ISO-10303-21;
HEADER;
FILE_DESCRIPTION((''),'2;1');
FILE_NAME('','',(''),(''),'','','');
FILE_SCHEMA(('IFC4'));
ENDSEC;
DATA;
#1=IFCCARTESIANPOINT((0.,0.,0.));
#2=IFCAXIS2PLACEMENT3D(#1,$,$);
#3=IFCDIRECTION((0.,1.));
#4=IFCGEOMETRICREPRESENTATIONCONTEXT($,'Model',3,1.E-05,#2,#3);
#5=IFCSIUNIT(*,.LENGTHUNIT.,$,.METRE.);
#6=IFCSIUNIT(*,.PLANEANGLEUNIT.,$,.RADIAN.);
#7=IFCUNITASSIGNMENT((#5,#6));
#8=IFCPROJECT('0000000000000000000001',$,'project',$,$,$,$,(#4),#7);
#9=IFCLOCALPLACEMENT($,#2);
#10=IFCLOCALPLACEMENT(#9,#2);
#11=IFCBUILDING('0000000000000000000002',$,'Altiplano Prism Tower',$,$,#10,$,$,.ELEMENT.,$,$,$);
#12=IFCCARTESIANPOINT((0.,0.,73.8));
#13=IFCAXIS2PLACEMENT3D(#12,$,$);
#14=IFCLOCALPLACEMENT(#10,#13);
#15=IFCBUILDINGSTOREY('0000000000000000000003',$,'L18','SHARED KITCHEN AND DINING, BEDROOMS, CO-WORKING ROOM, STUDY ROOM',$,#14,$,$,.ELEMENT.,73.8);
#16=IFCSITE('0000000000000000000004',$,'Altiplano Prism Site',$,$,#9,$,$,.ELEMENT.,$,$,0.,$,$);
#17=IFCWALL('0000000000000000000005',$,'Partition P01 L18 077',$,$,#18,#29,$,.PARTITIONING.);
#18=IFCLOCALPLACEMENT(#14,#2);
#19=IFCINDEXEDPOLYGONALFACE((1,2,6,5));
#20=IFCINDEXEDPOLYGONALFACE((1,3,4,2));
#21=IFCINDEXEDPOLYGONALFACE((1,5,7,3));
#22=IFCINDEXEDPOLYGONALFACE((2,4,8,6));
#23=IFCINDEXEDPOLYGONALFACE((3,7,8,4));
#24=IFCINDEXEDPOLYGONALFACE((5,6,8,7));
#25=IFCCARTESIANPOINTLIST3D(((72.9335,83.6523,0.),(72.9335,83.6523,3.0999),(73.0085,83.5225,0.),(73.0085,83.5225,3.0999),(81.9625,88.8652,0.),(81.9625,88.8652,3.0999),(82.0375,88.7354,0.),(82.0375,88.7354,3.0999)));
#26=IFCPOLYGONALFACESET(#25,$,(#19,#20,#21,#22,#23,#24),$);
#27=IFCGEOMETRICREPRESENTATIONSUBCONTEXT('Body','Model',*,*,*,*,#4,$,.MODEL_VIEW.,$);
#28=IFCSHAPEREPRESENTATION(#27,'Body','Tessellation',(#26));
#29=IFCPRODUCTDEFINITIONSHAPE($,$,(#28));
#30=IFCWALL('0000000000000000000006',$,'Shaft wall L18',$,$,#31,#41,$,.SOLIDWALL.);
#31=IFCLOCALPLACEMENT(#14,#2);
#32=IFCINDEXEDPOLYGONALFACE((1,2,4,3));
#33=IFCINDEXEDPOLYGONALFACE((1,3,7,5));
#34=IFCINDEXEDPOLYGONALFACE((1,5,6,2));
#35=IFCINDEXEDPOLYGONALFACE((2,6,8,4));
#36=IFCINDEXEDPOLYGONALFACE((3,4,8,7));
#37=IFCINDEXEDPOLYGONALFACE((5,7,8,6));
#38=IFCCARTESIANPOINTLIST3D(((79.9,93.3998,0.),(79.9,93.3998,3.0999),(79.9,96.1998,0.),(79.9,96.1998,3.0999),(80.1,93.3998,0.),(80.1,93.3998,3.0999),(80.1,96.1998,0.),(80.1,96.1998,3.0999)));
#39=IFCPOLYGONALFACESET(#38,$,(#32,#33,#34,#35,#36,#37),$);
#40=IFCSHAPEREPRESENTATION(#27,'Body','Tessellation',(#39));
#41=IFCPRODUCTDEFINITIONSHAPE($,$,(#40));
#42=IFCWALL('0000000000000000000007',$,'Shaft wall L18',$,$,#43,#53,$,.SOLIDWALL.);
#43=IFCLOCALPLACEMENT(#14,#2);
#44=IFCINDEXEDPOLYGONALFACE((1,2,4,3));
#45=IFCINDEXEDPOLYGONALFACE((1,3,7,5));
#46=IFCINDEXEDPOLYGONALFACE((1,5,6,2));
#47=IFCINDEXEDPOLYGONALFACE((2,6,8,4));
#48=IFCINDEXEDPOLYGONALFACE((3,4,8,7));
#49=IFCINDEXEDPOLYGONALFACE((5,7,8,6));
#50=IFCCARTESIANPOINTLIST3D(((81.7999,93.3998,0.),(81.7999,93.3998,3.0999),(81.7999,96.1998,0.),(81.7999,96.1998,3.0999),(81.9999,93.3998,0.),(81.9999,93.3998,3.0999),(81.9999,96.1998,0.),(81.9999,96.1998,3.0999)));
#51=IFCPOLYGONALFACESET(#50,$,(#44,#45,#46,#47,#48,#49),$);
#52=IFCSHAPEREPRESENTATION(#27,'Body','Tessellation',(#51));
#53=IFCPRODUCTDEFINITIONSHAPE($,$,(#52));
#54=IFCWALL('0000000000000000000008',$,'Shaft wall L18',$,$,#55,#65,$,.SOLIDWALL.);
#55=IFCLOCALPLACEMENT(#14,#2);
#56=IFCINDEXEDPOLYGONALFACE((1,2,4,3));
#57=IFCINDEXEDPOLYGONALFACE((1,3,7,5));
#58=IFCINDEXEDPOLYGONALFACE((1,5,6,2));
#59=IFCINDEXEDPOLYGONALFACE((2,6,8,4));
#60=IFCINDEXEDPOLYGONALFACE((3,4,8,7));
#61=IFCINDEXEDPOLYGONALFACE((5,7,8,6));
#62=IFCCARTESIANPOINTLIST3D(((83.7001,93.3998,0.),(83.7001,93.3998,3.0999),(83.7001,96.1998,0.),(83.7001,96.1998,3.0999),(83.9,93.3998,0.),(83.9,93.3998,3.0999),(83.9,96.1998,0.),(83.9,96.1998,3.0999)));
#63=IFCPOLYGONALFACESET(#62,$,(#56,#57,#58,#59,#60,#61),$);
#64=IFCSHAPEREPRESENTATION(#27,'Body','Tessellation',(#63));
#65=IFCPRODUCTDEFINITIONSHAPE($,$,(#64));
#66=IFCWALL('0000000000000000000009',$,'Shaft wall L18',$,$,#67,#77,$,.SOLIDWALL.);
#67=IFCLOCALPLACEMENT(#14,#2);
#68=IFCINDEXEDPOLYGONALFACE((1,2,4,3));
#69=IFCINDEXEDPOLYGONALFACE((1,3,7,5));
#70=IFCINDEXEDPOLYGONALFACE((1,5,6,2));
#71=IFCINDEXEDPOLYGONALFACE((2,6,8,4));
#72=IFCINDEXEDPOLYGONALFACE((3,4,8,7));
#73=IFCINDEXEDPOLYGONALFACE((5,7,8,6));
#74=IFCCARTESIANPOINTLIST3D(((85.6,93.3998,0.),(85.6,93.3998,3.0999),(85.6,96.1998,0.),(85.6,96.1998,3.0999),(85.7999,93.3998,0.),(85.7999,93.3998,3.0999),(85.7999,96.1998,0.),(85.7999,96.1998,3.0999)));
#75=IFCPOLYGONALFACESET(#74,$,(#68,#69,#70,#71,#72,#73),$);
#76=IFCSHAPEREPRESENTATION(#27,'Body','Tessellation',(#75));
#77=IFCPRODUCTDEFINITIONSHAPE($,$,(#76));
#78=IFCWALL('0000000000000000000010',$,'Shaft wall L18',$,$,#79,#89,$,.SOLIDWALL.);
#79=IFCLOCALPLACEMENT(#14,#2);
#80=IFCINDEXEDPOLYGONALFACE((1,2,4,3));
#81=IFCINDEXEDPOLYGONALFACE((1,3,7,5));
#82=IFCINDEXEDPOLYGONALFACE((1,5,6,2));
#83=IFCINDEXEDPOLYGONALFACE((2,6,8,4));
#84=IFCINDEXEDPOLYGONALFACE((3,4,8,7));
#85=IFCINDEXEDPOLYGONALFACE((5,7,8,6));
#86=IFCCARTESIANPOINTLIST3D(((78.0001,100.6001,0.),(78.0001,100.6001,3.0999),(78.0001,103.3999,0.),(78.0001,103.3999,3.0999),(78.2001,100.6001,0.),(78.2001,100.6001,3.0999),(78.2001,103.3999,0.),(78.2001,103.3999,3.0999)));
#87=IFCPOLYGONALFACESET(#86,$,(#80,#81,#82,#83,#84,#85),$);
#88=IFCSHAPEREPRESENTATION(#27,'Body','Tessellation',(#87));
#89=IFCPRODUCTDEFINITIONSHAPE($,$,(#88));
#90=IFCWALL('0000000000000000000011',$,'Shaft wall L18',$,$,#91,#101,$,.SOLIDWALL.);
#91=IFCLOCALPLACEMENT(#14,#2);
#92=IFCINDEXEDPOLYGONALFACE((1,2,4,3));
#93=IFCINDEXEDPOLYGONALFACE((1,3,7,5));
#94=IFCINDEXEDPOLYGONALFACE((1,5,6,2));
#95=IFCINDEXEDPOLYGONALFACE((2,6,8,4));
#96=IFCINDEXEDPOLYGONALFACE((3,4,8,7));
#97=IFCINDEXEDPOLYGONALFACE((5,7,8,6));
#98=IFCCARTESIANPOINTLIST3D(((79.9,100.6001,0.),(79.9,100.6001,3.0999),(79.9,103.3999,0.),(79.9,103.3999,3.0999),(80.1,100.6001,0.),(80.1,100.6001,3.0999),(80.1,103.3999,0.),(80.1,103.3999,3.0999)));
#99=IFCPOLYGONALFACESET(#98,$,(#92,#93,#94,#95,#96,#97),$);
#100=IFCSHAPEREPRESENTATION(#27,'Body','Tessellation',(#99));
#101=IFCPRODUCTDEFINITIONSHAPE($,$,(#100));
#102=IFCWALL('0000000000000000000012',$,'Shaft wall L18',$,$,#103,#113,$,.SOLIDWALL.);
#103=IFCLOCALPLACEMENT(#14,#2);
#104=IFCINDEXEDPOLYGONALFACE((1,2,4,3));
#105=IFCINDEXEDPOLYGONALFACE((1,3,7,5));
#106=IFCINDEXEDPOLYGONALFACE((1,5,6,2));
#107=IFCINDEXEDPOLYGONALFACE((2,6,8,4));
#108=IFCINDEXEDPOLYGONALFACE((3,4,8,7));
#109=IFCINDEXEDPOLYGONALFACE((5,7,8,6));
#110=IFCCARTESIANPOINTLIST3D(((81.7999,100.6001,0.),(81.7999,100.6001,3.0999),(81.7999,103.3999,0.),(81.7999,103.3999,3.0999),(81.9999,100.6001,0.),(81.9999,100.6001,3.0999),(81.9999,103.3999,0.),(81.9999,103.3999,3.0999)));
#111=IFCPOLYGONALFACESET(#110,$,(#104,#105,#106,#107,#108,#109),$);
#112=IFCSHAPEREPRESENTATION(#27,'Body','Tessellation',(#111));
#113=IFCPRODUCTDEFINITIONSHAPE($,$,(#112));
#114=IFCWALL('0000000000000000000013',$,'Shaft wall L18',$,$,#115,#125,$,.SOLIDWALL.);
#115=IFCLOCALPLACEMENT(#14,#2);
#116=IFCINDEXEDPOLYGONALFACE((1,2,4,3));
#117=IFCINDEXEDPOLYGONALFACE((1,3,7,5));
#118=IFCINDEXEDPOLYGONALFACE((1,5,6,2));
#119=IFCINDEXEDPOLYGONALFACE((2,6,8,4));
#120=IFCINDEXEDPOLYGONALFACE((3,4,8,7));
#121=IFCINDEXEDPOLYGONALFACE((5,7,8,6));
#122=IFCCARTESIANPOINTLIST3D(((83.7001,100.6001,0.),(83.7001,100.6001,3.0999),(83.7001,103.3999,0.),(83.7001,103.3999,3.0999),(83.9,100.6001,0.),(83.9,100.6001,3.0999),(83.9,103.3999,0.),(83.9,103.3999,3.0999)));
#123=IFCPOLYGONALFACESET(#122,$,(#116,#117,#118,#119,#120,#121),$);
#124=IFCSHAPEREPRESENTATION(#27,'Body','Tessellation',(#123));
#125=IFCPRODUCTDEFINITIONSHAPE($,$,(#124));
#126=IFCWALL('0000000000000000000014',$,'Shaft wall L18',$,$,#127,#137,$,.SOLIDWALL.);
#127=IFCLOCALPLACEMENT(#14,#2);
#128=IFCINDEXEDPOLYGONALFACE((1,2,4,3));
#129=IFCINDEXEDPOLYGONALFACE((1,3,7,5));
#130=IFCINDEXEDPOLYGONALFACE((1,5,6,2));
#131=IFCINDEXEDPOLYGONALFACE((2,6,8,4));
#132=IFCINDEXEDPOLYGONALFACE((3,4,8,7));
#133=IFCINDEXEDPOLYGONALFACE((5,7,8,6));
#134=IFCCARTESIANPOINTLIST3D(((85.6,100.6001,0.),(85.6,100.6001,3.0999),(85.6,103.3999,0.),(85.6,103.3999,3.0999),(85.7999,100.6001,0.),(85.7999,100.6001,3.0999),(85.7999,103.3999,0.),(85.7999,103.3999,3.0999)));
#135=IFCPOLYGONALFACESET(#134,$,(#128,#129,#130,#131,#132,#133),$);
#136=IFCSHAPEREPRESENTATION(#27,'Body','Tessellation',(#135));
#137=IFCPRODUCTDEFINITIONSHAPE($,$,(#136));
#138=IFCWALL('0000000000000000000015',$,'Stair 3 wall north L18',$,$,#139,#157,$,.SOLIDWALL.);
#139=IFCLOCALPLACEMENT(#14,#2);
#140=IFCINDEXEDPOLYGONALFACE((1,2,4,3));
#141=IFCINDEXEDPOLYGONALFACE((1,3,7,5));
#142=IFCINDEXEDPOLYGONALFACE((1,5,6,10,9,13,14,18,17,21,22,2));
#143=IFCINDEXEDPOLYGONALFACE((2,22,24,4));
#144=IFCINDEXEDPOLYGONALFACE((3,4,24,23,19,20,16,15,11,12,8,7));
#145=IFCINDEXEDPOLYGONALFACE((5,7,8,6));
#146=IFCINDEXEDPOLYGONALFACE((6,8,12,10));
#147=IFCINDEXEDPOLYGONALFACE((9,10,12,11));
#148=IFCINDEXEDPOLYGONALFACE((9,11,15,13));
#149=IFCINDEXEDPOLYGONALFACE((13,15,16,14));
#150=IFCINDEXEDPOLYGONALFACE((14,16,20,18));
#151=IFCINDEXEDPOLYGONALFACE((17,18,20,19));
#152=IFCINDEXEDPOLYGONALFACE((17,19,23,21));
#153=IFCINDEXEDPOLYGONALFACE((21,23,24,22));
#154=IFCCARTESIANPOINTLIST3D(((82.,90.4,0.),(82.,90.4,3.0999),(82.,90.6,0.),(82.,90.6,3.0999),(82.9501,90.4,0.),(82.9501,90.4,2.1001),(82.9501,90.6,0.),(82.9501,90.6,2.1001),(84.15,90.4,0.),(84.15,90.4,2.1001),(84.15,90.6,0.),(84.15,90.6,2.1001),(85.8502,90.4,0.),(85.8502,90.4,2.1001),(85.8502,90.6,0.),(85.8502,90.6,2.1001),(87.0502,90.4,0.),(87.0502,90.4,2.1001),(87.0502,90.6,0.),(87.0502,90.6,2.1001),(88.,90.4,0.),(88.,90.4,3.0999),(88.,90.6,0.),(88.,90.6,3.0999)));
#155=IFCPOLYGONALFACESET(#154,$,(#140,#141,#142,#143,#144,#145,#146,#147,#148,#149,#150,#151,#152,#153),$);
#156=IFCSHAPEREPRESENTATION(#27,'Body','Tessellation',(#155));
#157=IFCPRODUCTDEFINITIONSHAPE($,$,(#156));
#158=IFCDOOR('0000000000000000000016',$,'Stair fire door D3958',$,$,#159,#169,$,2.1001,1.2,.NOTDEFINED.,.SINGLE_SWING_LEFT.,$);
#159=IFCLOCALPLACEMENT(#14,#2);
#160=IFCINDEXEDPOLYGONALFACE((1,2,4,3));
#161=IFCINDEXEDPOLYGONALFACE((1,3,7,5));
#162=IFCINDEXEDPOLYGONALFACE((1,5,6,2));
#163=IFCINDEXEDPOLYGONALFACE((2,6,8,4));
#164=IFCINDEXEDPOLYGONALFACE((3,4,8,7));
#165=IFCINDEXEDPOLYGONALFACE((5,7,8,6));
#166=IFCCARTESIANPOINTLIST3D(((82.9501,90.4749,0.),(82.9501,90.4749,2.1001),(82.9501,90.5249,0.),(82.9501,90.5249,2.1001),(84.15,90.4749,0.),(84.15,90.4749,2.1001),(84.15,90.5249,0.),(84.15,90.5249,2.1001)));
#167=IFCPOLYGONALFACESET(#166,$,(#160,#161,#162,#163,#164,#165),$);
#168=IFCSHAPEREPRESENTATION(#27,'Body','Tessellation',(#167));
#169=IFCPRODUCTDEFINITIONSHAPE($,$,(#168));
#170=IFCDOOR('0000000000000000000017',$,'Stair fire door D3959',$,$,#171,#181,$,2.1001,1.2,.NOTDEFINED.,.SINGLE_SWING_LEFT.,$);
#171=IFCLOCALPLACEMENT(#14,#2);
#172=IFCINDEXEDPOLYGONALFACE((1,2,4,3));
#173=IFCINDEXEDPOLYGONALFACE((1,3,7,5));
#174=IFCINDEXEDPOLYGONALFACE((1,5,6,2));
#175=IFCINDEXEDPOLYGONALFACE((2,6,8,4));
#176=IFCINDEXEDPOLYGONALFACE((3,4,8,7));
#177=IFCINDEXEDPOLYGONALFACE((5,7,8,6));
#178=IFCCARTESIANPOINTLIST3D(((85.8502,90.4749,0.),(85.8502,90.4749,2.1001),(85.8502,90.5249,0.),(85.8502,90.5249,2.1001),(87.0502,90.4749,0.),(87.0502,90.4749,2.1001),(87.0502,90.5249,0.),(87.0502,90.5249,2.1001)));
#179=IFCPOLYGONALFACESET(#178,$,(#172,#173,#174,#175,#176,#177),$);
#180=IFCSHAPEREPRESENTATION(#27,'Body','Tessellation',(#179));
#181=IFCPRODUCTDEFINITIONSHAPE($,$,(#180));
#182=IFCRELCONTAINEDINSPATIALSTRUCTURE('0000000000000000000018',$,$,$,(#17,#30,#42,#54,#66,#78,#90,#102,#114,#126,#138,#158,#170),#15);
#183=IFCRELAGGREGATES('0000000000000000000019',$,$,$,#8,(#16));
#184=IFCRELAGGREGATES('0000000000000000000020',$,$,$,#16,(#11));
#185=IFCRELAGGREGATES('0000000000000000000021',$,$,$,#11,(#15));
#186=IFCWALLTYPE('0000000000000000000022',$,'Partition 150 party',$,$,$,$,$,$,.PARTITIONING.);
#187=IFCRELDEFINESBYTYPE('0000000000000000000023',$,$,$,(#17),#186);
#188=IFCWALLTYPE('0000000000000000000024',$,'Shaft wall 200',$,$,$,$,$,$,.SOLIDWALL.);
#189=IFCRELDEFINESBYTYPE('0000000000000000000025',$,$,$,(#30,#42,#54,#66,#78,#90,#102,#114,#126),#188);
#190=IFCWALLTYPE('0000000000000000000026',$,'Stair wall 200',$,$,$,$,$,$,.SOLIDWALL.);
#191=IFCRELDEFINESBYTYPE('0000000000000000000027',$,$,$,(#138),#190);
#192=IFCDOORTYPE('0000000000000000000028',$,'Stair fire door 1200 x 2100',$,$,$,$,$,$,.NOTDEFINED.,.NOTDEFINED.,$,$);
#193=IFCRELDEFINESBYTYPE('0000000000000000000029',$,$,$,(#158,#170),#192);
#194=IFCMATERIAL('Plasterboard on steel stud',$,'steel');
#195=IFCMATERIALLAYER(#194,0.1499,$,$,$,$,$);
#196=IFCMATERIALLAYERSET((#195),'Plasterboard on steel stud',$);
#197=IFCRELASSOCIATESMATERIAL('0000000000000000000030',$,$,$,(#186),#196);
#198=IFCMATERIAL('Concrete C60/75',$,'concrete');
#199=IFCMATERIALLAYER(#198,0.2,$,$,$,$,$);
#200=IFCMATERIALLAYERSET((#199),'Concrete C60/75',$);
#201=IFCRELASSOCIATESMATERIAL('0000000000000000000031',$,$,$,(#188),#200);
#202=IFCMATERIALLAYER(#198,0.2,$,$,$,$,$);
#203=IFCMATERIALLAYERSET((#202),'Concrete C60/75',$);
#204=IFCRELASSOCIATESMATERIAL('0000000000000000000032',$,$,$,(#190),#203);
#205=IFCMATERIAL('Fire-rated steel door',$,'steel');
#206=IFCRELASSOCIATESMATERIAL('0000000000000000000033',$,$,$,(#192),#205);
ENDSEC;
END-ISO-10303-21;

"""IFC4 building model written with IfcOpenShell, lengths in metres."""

from ifc_helpers import new_model, si_unit, direction, frame, frame_2d, origin, place, context, subcontext, project, spatial, rectangle, extrude, material, layer, layer_set, type_object, element, fill, save


model = new_model("IFC4")

# Units and contexts
model_context = context("Model", 3, precision=1e-05, world=origin(), true_north=direction((0.0, 1.0)))
body_context = subcontext(model_context, "Body", "Model", "MODEL_VIEW")
ifc_project = project(units=[si_unit("LENGTHUNIT", "METRE"), si_unit("PLANEANGLEUNIT", "RADIAN")], contexts=[model_context])

# Site, building, storey
site_placement = place(None, origin())
site = spatial("IfcSite", under=ifc_project, at=site_placement, Name="Altiplano Prism Site", CompositionType="ELEMENT", RefElevation=0.0)
building_placement = place(site_placement, origin())
building = spatial("IfcBuilding", under=site, at=building_placement, Name="Altiplano Prism Tower", CompositionType="ELEMENT")
storey_placement = place(building_placement, frame((0.0, 0.0, 73.8)))
storey = spatial("IfcBuildingStorey", under=building, at=storey_placement, Name="L18", Description="SHARED KITCHEN AND DINING, BEDROOMS, CO-WORKING ROOM, STUDY ROOM", CompositionType="ELEMENT", Elevation=73.8)

# Walls
ifc_material_1 = material(Name="Plasterboard on steel stud", Category="steel")
ifc_layer_1 = layer(ifc_material_1, 0.1499)
ifc_layer_set_1 = layer_set([ifc_layer_1], Name="Plasterboard on steel stud")
wall_type_1 = type_object("IfcWallType", Name="Partition 150 party", PredefinedType="PARTITIONING", material=ifc_layer_set_1)
wall_1_placement = place(storey_placement, frame((82.0, 88.8003, 0.0), z_axis=(0.0, 0.0, 1.0), x_axis=(-0.866027, -0.499997, 0.0)))
element("IfcWall", 1, at=wall_1_placement, inside=storey, type_object=wall_type_1, Name="Partition P01 L18 077", PredefinedType="PARTITIONING", context=body_context, shape_type="SweptSolid", body=[
    extrude(rectangle(XDim=10.4258, YDim=0.1499, at=frame_2d((5.2129, 0.0))), origin(), (0.0, 0.0, 1.0), 3.0999),
])
ifc_material_2 = material(Name="Concrete C60/75", Category="concrete")
ifc_layer_2 = layer(ifc_material_2, 0.2)
ifc_layer_set_2 = layer_set([ifc_layer_2], Name="Concrete C60/75")
wall_type_2 = type_object("IfcWallType", Name="Shaft wall 200", PredefinedType="SOLIDWALL", material=ifc_layer_set_2)
for number, where, z_axis, x_axis, name in (
    (2, (80.0, 93.3999, 0.0), (0.0, 0.0, 1.0), (0.0, 1.0, 0.0), "Shaft wall L18"),
    (3, (81.8999, 93.3999, 0.0), (0.0, 0.0, 1.0), (0.0, 1.0, 0.0), "Shaft wall L18"),
    (4, (83.8, 93.3999, 0.0), (0.0, 0.0, 1.0), (0.0, 1.0, 0.0), "Shaft wall L18"),
    (5, (85.7, 93.3999, 0.0), (0.0, 0.0, 1.0), (0.0, 1.0, 0.0), "Shaft wall L18"),
):
    element("IfcWall", number, at=place(storey_placement, frame(where, z_axis=z_axis, x_axis=x_axis)), inside=storey, type_object=wall_type_2, Name=name, PredefinedType="SOLIDWALL", context=body_context, shape_type="SweptSolid", body=[
        extrude(rectangle(XDim=2.8, YDim=0.2, at=frame_2d((1.3999, 0.0))), origin(), (0.0, 0.0, 1.0), 3.0999),
    ])
for number, where, z_axis, x_axis, name in (
    (6, (78.1001, 100.6001, 0.0), (0.0, 0.0, 1.0), (0.0, 1.0, 0.0), "Shaft wall L18"),
    (7, (80.0, 100.6001, 0.0), (0.0, 0.0, 1.0), (0.0, 1.0, 0.0), "Shaft wall L18"),
    (8, (81.8999, 100.6001, 0.0), (0.0, 0.0, 1.0), (0.0, 1.0, 0.0), "Shaft wall L18"),
    (9, (83.8, 100.6001, 0.0), (0.0, 0.0, 1.0), (0.0, 1.0, 0.0), "Shaft wall L18"),
    (10, (85.7, 100.6001, 0.0), (0.0, 0.0, 1.0), (0.0, 1.0, 0.0), "Shaft wall L18"),
):
    element("IfcWall", number, at=place(storey_placement, frame(where, z_axis=z_axis, x_axis=x_axis)), inside=storey, type_object=wall_type_2, Name=name, PredefinedType="SOLIDWALL", context=body_context, shape_type="SweptSolid", body=[
        extrude(rectangle(XDim=2.7998, YDim=0.2, at=frame_2d((1.3999, 0.0))), origin(), (0.0, 0.0, 1.0), 3.0999),
    ])

# Wall, openings, doors
ifc_layer_3 = layer(ifc_material_2, 0.2)
ifc_layer_set_3 = layer_set([ifc_layer_3], Name="Concrete C60/75")
wall_type_3 = type_object("IfcWallType", Name="Stair wall 200", PredefinedType="SOLIDWALL", material=ifc_layer_set_3)
wall_2_placement = place(storey_placement, frame((82.0, 90.5, 0.0), z_axis=(0.0, 0.0, 1.0), x_axis=(1.0, 0.0, 0.0)))
wall_2 = element("IfcWall", 11, at=wall_2_placement, inside=storey, type_object=wall_type_3, Name="Stair 3 wall north L18", PredefinedType="SOLIDWALL", context=body_context, shape_type="SweptSolid", body=[
    extrude(rectangle(XDim=6.0, YDim=0.2, at=frame_2d((3.0, 0.0))), origin(), (0.0, 0.0, 1.0), 3.0999),
])
opening_1_placement = place(wall_2_placement, frame((0.95, 0.0, 0.0)))
opening_1 = element("IfcOpeningElement", 12, at=opening_1_placement, cuts=wall_2, PredefinedType="OPENING", context=body_context, shape_type="SweptSolid", body=[
    extrude(rectangle(XDim=1.2, YDim=2.1001, at=frame_2d((0.6001, 1.05))), frame((0.0, 0.1104, 0.0), z_axis=(0.0, -1.0, 0.0), x_axis=(1.0, 0.0, 0.0)), (0.0, 0.0, 1.0), 0.2209),
])
opening_2_placement = place(wall_2_placement, frame((3.8501, 0.0, 0.0)))
opening_2 = element("IfcOpeningElement", 13, at=opening_2_placement, cuts=wall_2, PredefinedType="OPENING", context=body_context, shape_type="SweptSolid", body=[
    extrude(rectangle(XDim=1.2, YDim=2.1001, at=frame_2d((0.6001, 1.05))), frame((0.0, 0.1104, 0.0), z_axis=(0.0, -1.0, 0.0), x_axis=(1.0, 0.0, 0.0)), (0.0, 0.0, 1.0), 0.2209),
])
ifc_material_3 = material(Name="Fire-rated steel door", Category="steel")
door_type = type_object("IfcDoorType", Name="Stair fire door 1200 x 2100", OperationType="NOTDEFINED", PredefinedType="NOTDEFINED", material=ifc_material_3)
door_1_placement = place(opening_1_placement, origin())
door_1 = element("IfcDoor", 14, at=door_1_placement, inside=storey, type_object=door_type, Name="Stair fire door D3958", OperationType="SINGLE_SWING_LEFT", OverallHeight=2.1001, OverallWidth=1.2, PredefinedType="NOTDEFINED", context=body_context, shape_type="SweptSolid", body=[
    extrude(rectangle(XDim=1.2, YDim=2.1001, at=frame_2d((0.6001, 1.05))), frame((0.0, 0.0249, 0.0), z_axis=(0.0, -1.0, 0.0), x_axis=(1.0, 0.0, 0.0)), (0.0, 0.0, 1.0), 0.05),
])
fill(opening_1, door_1)
door_2_placement = place(opening_2_placement, origin())
door_2 = element("IfcDoor", 15, at=door_2_placement, inside=storey, type_object=door_type, Name="Stair fire door D3959", OperationType="SINGLE_SWING_LEFT", OverallHeight=2.1001, OverallWidth=1.2, PredefinedType="NOTDEFINED", context=body_context, shape_type="SweptSolid", body=[
    extrude(rectangle(XDim=1.2, YDim=2.1001, at=frame_2d((0.6001, 1.05))), frame((0.0, 0.0249, 0.0), z_axis=(0.0, -1.0, 0.0), x_axis=(1.0, 0.0, 0.0)), (0.0, 0.0, 1.0), 0.05),
])
fill(opening_2, door_2)

save(model, "model.ifc")
